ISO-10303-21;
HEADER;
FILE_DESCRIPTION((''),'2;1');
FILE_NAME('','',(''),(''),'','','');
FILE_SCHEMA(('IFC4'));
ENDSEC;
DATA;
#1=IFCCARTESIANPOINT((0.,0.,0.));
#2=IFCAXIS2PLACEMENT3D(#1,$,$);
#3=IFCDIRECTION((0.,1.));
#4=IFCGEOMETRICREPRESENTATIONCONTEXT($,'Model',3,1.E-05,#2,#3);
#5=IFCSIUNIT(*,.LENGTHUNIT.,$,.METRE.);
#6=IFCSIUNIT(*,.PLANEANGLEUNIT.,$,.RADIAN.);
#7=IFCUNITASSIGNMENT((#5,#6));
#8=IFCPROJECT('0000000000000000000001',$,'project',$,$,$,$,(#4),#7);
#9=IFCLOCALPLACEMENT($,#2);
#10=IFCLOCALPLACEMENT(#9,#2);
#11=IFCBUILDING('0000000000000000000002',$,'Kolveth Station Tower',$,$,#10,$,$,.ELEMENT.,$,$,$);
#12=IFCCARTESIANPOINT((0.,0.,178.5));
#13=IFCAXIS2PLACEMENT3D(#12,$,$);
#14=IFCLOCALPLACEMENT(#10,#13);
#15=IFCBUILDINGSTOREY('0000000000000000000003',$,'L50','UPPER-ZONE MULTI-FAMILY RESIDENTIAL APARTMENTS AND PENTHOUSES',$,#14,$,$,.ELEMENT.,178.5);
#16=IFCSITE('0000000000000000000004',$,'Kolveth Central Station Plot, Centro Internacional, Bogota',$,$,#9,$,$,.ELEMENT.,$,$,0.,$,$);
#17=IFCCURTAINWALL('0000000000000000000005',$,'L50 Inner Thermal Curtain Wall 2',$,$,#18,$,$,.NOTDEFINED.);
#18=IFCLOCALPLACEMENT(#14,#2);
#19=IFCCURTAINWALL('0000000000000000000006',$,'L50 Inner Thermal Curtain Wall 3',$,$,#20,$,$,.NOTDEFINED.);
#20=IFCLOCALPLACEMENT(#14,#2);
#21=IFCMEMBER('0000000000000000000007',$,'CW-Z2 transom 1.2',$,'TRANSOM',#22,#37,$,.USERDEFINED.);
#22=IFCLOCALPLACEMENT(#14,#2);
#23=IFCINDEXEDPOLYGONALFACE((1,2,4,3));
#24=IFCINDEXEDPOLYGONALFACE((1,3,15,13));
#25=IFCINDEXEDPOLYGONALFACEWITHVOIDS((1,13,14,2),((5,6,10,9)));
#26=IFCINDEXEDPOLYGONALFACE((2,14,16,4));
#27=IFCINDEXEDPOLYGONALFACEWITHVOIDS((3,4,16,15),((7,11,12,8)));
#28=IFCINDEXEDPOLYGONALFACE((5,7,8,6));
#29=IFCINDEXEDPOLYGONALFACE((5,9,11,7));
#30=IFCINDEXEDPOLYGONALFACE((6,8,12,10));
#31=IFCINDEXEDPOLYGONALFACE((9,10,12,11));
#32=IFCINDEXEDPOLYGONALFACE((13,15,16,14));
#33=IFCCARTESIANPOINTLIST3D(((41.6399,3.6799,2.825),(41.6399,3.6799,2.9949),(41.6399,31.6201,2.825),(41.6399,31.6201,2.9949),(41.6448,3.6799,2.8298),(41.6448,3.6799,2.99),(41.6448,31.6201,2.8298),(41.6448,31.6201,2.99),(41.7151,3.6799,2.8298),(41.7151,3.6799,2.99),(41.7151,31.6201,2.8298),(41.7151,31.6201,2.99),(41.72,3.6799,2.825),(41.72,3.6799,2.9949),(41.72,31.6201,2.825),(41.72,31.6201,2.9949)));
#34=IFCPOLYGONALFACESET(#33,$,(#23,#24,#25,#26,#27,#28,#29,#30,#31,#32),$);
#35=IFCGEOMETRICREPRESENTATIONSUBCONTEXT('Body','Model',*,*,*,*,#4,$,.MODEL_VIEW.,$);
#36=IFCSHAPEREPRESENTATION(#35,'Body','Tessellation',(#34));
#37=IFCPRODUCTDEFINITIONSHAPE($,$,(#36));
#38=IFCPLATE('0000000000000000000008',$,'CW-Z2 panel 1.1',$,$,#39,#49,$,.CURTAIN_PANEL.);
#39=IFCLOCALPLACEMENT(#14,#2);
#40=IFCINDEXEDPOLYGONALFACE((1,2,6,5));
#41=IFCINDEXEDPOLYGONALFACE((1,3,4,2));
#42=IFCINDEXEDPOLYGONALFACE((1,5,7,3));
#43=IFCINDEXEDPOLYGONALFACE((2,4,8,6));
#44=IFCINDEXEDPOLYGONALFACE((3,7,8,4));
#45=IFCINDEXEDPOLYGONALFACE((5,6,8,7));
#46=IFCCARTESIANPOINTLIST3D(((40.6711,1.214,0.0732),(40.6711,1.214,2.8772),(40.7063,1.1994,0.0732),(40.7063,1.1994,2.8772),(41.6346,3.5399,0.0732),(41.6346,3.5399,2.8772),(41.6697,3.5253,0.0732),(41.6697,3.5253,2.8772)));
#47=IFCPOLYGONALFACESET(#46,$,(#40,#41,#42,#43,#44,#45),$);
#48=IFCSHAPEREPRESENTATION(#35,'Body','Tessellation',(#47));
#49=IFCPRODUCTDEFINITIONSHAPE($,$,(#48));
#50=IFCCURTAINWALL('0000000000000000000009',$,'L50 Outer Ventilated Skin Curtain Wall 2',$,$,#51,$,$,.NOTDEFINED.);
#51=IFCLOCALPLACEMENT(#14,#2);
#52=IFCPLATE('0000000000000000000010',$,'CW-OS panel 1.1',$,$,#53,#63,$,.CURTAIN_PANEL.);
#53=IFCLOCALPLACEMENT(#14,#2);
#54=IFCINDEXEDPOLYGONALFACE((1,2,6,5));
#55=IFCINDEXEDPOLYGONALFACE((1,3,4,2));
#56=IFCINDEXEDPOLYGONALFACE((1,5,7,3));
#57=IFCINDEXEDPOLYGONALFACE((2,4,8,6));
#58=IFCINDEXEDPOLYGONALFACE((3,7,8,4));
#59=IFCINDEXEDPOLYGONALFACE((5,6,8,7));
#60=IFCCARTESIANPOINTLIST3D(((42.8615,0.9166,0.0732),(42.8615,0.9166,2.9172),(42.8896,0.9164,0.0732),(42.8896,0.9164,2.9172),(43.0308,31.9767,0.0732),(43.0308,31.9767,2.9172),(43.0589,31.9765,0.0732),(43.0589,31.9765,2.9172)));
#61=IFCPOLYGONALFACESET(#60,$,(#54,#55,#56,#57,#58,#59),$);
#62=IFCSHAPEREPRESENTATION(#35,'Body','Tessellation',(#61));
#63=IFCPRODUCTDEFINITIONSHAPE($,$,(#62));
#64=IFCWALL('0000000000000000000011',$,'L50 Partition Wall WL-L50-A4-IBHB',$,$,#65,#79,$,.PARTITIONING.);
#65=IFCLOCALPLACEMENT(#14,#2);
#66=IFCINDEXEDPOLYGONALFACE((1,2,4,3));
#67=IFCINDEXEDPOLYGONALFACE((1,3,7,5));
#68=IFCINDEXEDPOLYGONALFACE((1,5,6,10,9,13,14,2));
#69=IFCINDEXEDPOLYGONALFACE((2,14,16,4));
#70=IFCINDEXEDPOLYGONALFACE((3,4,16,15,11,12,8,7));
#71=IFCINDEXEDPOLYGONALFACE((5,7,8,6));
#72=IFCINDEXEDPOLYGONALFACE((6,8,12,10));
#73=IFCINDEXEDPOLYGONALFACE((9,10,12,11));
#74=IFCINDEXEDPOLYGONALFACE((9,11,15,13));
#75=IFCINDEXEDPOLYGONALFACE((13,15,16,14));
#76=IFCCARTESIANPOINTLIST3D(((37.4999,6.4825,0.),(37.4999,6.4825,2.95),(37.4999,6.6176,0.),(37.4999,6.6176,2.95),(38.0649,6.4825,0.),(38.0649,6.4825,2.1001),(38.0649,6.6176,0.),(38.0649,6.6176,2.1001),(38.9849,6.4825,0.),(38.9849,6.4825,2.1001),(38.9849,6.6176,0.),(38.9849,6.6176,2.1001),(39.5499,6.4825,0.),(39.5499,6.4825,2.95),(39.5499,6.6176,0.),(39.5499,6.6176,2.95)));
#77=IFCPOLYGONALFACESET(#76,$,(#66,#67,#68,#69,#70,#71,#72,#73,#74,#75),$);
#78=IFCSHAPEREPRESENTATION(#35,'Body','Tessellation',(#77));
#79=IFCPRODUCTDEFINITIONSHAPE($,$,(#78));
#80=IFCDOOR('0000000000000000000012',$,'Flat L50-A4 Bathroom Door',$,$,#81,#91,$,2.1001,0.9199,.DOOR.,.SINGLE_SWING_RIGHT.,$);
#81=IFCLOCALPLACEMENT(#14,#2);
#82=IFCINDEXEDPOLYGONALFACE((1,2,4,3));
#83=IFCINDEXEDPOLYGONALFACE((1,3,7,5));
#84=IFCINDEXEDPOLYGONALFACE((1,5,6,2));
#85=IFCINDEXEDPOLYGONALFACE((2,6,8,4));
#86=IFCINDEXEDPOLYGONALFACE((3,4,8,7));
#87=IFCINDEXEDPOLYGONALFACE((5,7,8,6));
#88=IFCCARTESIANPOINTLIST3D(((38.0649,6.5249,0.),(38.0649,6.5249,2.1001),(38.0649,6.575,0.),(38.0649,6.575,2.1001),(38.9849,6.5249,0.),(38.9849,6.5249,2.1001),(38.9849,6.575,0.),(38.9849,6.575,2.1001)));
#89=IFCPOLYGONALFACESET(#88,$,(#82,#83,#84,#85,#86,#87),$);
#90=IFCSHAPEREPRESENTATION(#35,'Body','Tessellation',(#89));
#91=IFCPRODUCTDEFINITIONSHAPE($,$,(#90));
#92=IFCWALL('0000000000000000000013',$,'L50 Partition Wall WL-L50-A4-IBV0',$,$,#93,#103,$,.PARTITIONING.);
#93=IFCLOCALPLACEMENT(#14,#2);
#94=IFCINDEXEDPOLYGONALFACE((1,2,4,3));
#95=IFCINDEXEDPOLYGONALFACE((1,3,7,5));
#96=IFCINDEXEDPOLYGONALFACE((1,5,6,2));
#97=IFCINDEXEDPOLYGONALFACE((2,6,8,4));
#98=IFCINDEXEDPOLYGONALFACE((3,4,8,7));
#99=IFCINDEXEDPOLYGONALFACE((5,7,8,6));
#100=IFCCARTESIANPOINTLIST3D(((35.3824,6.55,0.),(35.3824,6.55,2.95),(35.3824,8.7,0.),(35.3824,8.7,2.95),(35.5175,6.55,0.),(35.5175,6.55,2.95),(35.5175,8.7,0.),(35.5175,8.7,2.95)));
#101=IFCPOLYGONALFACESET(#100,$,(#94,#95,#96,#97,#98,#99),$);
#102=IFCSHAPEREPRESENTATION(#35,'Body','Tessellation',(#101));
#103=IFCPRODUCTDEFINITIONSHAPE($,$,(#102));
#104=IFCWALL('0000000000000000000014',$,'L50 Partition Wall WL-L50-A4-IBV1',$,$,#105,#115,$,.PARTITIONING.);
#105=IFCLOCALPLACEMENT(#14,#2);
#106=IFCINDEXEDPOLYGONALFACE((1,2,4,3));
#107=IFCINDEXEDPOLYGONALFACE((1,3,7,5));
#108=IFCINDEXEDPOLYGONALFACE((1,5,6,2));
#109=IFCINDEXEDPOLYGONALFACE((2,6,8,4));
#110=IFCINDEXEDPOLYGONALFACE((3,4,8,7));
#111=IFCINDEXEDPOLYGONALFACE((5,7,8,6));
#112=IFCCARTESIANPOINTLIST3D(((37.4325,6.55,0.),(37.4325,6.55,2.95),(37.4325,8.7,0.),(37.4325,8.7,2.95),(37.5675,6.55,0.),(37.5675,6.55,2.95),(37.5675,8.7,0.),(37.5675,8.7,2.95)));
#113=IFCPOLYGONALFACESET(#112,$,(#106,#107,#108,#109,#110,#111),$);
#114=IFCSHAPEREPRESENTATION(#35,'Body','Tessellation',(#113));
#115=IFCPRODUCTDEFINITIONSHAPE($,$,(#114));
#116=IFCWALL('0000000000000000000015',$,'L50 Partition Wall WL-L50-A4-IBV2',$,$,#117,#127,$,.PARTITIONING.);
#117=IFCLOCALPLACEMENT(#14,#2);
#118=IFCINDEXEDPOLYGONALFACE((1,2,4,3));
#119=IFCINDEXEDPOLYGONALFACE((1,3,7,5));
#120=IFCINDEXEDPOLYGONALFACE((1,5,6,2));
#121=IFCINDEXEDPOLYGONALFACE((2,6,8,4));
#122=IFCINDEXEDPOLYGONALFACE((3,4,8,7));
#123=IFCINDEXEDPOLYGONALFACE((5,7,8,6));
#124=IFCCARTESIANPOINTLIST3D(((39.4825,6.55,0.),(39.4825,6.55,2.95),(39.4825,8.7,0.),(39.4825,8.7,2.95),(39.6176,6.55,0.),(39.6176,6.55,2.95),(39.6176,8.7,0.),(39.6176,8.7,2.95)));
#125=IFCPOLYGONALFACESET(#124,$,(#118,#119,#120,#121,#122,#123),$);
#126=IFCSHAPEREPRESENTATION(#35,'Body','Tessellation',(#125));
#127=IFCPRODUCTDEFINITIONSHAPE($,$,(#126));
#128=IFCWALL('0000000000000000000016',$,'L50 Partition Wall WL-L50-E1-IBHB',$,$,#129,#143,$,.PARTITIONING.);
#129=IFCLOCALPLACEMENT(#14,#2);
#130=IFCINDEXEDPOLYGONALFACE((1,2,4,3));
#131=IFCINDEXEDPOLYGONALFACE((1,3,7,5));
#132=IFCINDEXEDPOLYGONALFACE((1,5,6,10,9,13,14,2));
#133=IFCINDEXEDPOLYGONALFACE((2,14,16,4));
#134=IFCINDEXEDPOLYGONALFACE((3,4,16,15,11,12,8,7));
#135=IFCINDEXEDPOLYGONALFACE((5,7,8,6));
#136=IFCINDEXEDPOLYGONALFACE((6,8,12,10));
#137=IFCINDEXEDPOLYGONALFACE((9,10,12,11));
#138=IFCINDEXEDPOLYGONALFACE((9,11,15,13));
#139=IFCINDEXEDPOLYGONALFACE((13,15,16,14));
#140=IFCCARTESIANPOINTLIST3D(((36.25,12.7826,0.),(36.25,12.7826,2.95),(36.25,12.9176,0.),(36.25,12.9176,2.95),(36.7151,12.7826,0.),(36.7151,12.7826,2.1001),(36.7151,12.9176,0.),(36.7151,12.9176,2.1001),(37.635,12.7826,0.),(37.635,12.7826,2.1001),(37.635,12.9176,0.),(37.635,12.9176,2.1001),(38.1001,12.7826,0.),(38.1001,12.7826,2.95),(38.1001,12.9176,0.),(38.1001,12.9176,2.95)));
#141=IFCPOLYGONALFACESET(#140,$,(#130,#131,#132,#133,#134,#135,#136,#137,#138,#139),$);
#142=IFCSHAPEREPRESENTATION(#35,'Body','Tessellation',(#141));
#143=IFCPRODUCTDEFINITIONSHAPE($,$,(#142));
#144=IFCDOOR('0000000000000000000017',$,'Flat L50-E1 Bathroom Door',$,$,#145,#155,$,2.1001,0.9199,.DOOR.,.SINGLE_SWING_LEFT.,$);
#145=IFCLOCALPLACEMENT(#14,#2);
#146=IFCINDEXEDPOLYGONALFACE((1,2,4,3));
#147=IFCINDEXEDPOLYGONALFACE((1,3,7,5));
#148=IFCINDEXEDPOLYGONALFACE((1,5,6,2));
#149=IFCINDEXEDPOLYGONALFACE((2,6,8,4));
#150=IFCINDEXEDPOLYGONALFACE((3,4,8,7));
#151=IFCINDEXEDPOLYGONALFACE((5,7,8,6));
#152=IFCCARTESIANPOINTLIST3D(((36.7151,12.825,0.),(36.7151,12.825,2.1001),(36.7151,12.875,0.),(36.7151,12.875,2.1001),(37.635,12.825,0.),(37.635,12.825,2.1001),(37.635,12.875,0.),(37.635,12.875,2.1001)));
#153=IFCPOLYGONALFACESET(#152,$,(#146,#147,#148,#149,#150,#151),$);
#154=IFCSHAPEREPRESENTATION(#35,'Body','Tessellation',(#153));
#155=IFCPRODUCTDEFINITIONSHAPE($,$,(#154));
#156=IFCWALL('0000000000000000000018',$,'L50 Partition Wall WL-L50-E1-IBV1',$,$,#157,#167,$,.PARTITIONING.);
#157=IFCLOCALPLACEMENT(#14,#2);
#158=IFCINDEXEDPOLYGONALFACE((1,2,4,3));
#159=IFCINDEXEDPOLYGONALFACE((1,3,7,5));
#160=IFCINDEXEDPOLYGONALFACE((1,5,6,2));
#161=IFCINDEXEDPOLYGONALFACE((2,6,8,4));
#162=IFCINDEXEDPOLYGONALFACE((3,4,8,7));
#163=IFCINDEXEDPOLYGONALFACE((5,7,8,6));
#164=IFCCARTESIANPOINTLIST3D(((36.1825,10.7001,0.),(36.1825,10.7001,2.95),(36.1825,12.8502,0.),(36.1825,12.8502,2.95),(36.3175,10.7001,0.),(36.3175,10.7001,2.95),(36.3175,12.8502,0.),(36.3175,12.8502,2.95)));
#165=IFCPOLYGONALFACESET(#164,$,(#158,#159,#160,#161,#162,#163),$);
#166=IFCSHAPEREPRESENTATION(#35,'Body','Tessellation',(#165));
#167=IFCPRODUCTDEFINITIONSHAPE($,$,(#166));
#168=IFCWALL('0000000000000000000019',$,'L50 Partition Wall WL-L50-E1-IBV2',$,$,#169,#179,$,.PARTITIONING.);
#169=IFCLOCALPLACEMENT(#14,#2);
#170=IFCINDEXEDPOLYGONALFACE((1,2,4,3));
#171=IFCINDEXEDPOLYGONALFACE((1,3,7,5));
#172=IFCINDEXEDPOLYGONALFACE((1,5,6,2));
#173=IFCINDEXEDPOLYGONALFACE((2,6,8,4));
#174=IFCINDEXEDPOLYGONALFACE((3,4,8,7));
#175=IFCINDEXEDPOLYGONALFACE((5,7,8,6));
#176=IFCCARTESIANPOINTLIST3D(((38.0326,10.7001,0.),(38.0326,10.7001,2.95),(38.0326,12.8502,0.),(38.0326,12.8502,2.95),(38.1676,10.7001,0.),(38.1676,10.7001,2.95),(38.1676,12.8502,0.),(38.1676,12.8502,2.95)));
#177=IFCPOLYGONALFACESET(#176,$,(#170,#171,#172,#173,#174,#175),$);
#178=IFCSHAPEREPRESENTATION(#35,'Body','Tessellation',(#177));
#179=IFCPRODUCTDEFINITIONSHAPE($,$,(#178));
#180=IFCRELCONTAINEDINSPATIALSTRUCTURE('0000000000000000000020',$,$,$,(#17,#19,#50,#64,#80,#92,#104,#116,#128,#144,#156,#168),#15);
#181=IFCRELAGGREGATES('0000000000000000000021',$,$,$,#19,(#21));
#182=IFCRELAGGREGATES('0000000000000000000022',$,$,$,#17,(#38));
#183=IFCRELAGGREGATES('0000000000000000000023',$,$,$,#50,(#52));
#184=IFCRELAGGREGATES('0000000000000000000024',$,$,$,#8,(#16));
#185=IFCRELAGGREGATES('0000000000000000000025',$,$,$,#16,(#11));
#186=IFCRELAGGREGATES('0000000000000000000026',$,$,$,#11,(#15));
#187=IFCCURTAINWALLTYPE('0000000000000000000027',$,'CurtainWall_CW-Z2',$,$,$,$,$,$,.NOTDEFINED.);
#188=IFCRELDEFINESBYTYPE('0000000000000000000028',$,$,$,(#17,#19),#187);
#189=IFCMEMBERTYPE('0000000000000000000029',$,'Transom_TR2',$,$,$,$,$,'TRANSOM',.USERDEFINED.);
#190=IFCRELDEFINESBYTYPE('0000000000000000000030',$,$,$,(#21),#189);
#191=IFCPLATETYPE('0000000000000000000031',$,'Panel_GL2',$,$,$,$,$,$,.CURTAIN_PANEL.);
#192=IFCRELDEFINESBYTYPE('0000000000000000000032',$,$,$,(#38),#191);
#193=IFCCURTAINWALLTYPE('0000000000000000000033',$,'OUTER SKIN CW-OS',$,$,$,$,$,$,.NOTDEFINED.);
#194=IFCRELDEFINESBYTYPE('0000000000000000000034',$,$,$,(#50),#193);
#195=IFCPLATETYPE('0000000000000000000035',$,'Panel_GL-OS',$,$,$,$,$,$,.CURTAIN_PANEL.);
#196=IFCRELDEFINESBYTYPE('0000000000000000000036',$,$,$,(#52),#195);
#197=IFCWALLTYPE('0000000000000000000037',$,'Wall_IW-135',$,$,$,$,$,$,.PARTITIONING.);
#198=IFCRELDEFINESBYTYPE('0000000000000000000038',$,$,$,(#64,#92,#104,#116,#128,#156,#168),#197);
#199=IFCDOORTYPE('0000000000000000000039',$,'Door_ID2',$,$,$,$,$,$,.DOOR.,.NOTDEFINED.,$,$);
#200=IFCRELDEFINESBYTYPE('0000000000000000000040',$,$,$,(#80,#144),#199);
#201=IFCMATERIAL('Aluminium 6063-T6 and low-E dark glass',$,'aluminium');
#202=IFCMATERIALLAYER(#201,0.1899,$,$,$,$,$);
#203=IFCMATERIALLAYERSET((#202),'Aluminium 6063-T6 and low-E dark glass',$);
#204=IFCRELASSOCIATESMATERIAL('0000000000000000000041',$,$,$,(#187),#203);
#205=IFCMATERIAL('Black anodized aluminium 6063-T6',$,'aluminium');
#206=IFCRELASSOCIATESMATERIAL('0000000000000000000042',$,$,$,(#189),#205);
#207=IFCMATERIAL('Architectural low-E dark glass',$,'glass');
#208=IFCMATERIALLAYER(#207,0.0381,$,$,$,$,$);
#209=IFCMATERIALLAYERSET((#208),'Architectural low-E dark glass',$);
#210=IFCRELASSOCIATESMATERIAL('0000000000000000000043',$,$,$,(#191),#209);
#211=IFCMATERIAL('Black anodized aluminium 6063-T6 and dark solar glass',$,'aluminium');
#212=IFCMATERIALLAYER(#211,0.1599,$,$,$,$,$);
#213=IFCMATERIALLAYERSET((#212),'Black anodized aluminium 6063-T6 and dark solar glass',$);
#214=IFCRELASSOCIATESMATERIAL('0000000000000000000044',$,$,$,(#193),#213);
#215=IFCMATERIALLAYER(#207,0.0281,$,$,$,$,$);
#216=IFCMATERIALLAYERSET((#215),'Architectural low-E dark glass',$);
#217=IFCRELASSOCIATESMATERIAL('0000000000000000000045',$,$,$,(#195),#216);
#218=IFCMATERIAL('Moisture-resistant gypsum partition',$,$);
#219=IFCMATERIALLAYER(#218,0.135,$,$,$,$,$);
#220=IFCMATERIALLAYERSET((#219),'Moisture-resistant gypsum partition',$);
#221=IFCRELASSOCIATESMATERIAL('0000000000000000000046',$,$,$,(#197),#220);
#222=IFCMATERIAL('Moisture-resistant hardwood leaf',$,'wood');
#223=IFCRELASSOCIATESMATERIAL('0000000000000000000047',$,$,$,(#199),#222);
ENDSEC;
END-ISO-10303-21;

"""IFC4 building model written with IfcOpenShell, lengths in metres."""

from ifc_helpers import new_model, si_unit, direction, frame, frame_2d, origin, origin_2d, place, context, subcontext, project, spatial, rectangle, hollow_rectangle, extrude, source, transform, mapped, material, layer, layer_set, material_profile, profile_set, type_object, element, fill, aggregate, save


model = new_model("IFC4")

# Units and contexts
model_context = context("Model", 3, precision=1e-05, world=origin(), true_north=direction((0.0, 1.0)))
body_context = subcontext(model_context, "Body", "Model", "MODEL_VIEW")
ifc_project = project(units=[si_unit("LENGTHUNIT", "METRE"), si_unit("PLANEANGLEUNIT", "RADIAN")], contexts=[model_context])

# Site, building, storey
site_placement = place(None, origin())
site = spatial("IfcSite", under=ifc_project, at=site_placement, Name="Kolveth Central Station Plot, Centro Internacional, Bogota", CompositionType="ELEMENT", RefElevation=0.0)
building_placement = place(site_placement, origin())
building = spatial("IfcBuilding", under=site, at=building_placement, Name="Kolveth Station Tower", CompositionType="ELEMENT")
storey_placement = place(building_placement, frame((0.0, 0.0, 178.5)))
storey = spatial("IfcBuildingStorey", under=building, at=storey_placement, Name="L50", Description="UPPER-ZONE MULTI-FAMILY RESIDENTIAL APARTMENTS AND PENTHOUSES", CompositionType="ELEMENT", Elevation=178.5)

# Curtain walls
ifc_material_1 = material(Name="Aluminium 6063-T6 and low-E dark glass", Category="aluminium")
ifc_layer_1 = layer(ifc_material_1, 0.1899)
ifc_layer_set_1 = layer_set([ifc_layer_1], Name="Aluminium 6063-T6 and low-E dark glass")
curtain_wall_type_1 = type_object("IfcCurtainWallType", Name="CurtainWall_CW-Z2", PredefinedType="NOTDEFINED", material=ifc_layer_set_1)
curtain_wall_1_placement = place(storey_placement, origin())
curtain_wall_1 = element("IfcCurtainWall", 1, at=curtain_wall_1_placement, inside=storey, type_object=curtain_wall_type_1, Name="L50 Inner Thermal Curtain Wall 2", PredefinedType="NOTDEFINED")
ifc_material_2 = material(Name="Black anodized aluminium 6063-T6", Category="aluminium")
curtain_wall_2_placement = place(storey_placement, origin())
curtain_wall_2 = element("IfcCurtainWall", 2, at=curtain_wall_2_placement, inside=storey, type_object=curtain_wall_type_1, Name="L50 Inner Thermal Curtain Wall 3", PredefinedType="NOTDEFINED")

# Member
ifc_material_profile_1 = material_profile(ifc_material_2, hollow_rectangle(XDim=0.0801, YDim=0.1699, WallThickness=0.0049, at=origin_2d()), Name="ALU-80x170x5")
ifc_profile_set_1 = profile_set([ifc_material_profile_1], Name="Black anodized aluminium 6063-T6")
member_type_1 = type_object("IfcMemberType", Name="Transom_TR2", ElementType="TRANSOM", PredefinedType="USERDEFINED", material=ifc_profile_set_1)
shared_shape_1 = source(origin(), body_context, "Body", "SweptSolid", [
    extrude(hollow_rectangle(XDim=0.0801, YDim=0.1699, WallThickness=0.0049, at=origin_2d()), origin(), (0.0, 0.0, 1.0), 27.9402),
])
member_1_placement = place(storey_placement, frame((41.6799, 3.6799, 2.9099), z_axis=(0.0, 1.0, 0.0), x_axis=(-1.0, 0.0, 0.0)))
member_1 = element("IfcMember", 3, at=member_1_placement, type_object=member_type_1, Name="CW-Z2 transom 1.2", ObjectType="TRANSOM", PredefinedType="USERDEFINED", context=body_context, shape_type="MappedRepresentation", body=[
    mapped(shared_shape_1, transform((0.0, 0.0, 0.0), x_axis=(1.0, 0.0, 0.0), y_axis=(0.0, 1.0, 0.0), z_axis=(0.0, 0.0, 1.0), scale=1.0)),
])
aggregate(curtain_wall_2, [member_1])

# Plate
ifc_material_3 = material(Name="Architectural low-E dark glass", Category="glass")
ifc_layer_2 = layer(ifc_material_3, 0.0381)
ifc_layer_set_2 = layer_set([ifc_layer_2], Name="Architectural low-E dark glass")
plate_type_1 = type_object("IfcPlateType", Name="Panel_GL2", PredefinedType="CURTAIN_PANEL", material=ifc_layer_set_2)
shared_shape_2 = source(origin(), body_context, "Body", "SweptSolid", [
    extrude(rectangle(XDim=2.5176, YDim=0.0381, at=origin_2d()), origin(), (0.0, 0.0, 1.0), 2.804),
])
plate_1_placement = place(storey_placement, frame((41.1704, 2.3696, 0.0732), z_axis=(0.0, 0.0, 1.0), x_axis=(0.382698, 0.923874, 0.0)))
plate_1 = element("IfcPlate", 4, at=plate_1_placement, type_object=plate_type_1, Name="CW-Z2 panel 1.1", PredefinedType="CURTAIN_PANEL", context=body_context, shape_type="MappedRepresentation", body=[
    mapped(shared_shape_2, transform((0.0, 0.0, 0.0), x_axis=(1.0, 0.0, 0.0), y_axis=(0.0, 1.0, 0.0), z_axis=(0.0, 0.0, 1.0), scale=1.0)),
])
aggregate(curtain_wall_1, [plate_1])

# Curtain wall, plate
ifc_material_4 = material(Name="Black anodized aluminium 6063-T6 and dark solar glass", Category="aluminium")
ifc_layer_3 = layer(ifc_material_4, 0.1599)
ifc_layer_set_3 = layer_set([ifc_layer_3], Name="Black anodized aluminium 6063-T6 and dark solar glass")
curtain_wall_type_2 = type_object("IfcCurtainWallType", Name="OUTER SKIN CW-OS", PredefinedType="NOTDEFINED", material=ifc_layer_set_3)
curtain_wall_3_placement = place(storey_placement, origin())
curtain_wall_3 = element("IfcCurtainWall", 5, at=curtain_wall_3_placement, inside=storey, type_object=curtain_wall_type_2, Name="L50 Outer Ventilated Skin Curtain Wall 2", PredefinedType="NOTDEFINED")
ifc_layer_4 = layer(ifc_material_3, 0.0281)
ifc_layer_set_4 = layer_set([ifc_layer_4], Name="Architectural low-E dark glass")
plate_type_2 = type_object("IfcPlateType", Name="Panel_GL-OS", PredefinedType="CURTAIN_PANEL", material=ifc_layer_set_4)
shared_shape_3 = source(origin(), body_context, "Body", "SweptSolid", [
    extrude(rectangle(XDim=31.0605, YDim=0.0281, at=origin_2d()), origin(), (0.0, 0.0, 1.0), 2.844),
])
plate_2_placement = place(storey_placement, frame((42.9602, 16.4465, 0.0732), z_axis=(0.0, 0.0, 1.0), x_axis=(0.00545, 0.999985, 0.0)))
plate_2 = element("IfcPlate", 6, at=plate_2_placement, type_object=plate_type_2, Name="CW-OS panel 1.1", PredefinedType="CURTAIN_PANEL", context=body_context, shape_type="MappedRepresentation", body=[
    mapped(shared_shape_3, transform((0.0, 0.0, 0.0), x_axis=(1.0, 0.0, 0.0), y_axis=(0.0, 1.0, 0.0), z_axis=(0.0, 0.0, 1.0), scale=1.0)),
])
aggregate(curtain_wall_3, [plate_2])

# Wall, opening, door
ifc_material_5 = material(Name="Moisture-resistant gypsum partition")
ifc_layer_5 = layer(ifc_material_5, 0.135)
ifc_layer_set_5 = layer_set([ifc_layer_5], Name="Moisture-resistant gypsum partition")
wall_type_1 = type_object("IfcWallType", Name="Wall_IW-135", PredefinedType="PARTITIONING", material=ifc_layer_set_5)
wall_1_placement = place(storey_placement, frame((37.5, 6.55, 0.0), z_axis=(0.0, 0.0, 1.0), x_axis=(1.0, 0.0, 0.0)))
wall_1 = element("IfcWall", 7, at=wall_1_placement, inside=storey, type_object=wall_type_1, Name="L50 Partition Wall WL-L50-A4-IBHB", PredefinedType="PARTITIONING", context=body_context, shape_type="SweptSolid", body=[
    extrude(rectangle(XDim=2.05, YDim=0.135, at=frame_2d((1.0249, 0.0))), origin(), (0.0, 0.0, 1.0), 2.95),
])
opening_1_placement = place(wall_1_placement, frame((0.5649, 0.0, 0.0)))
opening_1 = element("IfcOpeningElement", 8, at=opening_1_placement, cuts=wall_1, PredefinedType="OPENING", context=body_context, shape_type="SweptSolid", body=[
    extrude(rectangle(XDim=0.9199, YDim=2.1001, at=frame_2d((0.46, 1.05))), frame((0.0, 0.0774, 0.0), z_axis=(0.0, -1.0, 0.0), x_axis=(1.0, 0.0, 0.0)), (0.0, 0.0, 1.0), 0.155),
])
ifc_material_6 = material(Name="Moisture-resistant hardwood leaf", Category="wood")
door_type_1 = type_object("IfcDoorType", Name="Door_ID2", OperationType="NOTDEFINED", PredefinedType="DOOR", material=ifc_material_6)
door_1_placement = place(opening_1_placement, origin())
door_1 = element("IfcDoor", 9, at=door_1_placement, inside=storey, type_object=door_type_1, Name="Flat L50-A4 Bathroom Door", OperationType="SINGLE_SWING_RIGHT", OverallHeight=2.1001, OverallWidth=0.9199, PredefinedType="DOOR", context=body_context, shape_type="SweptSolid", body=[
    extrude(rectangle(XDim=0.9199, YDim=2.1001, at=frame_2d((0.46, 1.05))), frame((0.0, 0.0249, 0.0), z_axis=(0.0, -1.0, 0.0), x_axis=(1.0, 0.0, 0.0)), (0.0, 0.0, 1.0), 0.05),
])
fill(opening_1, door_1)

# Walls
for number, where, z_axis, x_axis, name in (
    (10, (35.45, 6.55, 0.0), (0.0, 0.0, 1.0), (0.0, 1.0, 0.0), "L50 Partition Wall WL-L50-A4-IBV0"),
    (11, (37.5, 6.55, 0.0), (0.0, 0.0, 1.0), (0.0, 1.0, 0.0), "L50 Partition Wall WL-L50-A4-IBV1"),
    (12, (39.55, 6.55, 0.0), (0.0, 0.0, 1.0), (0.0, 1.0, 0.0), "L50 Partition Wall WL-L50-A4-IBV2"),
):
    element("IfcWall", number, at=place(storey_placement, frame(where, z_axis=z_axis, x_axis=x_axis)), inside=storey, type_object=wall_type_1, Name=name, PredefinedType="PARTITIONING", context=body_context, shape_type="SweptSolid", body=[
        extrude(rectangle(XDim=2.1499, YDim=0.135, at=frame_2d((1.075, 0.0))), origin(), (0.0, 0.0, 1.0), 2.95),
    ])

# Wall, opening, door
wall_2_placement = place(storey_placement, frame((36.25, 12.8501, 0.0), z_axis=(0.0, 0.0, 1.0), x_axis=(1.0, 0.0, 0.0)))
wall_2 = element("IfcWall", 13, at=wall_2_placement, inside=storey, type_object=wall_type_1, Name="L50 Partition Wall WL-L50-E1-IBHB", PredefinedType="PARTITIONING", context=body_context, shape_type="SweptSolid", body=[
    extrude(rectangle(XDim=1.8501, YDim=0.135, at=frame_2d((0.925, 0.0))), origin(), (0.0, 0.0, 1.0), 2.95),
])
opening_2_placement = place(wall_2_placement, frame((0.4651, 0.0, 0.0)))
opening_2 = element("IfcOpeningElement", 14, at=opening_2_placement, cuts=wall_2, PredefinedType="OPENING", context=body_context, shape_type="SweptSolid", body=[
    extrude(rectangle(XDim=0.9199, YDim=2.1001, at=frame_2d((0.46, 1.05))), frame((0.0, 0.0774, 0.0), z_axis=(0.0, -1.0, 0.0), x_axis=(1.0, 0.0, 0.0)), (0.0, 0.0, 1.0), 0.155),
])
door_2_placement = place(opening_2_placement, origin())
door_2 = element("IfcDoor", 15, at=door_2_placement, inside=storey, type_object=door_type_1, Name="Flat L50-E1 Bathroom Door", OperationType="SINGLE_SWING_LEFT", OverallHeight=2.1001, OverallWidth=0.9199, PredefinedType="DOOR", context=body_context, shape_type="SweptSolid", body=[
    extrude(rectangle(XDim=0.9199, YDim=2.1001, at=frame_2d((0.46, 1.05))), frame((0.0, 0.0249, 0.0), z_axis=(0.0, -1.0, 0.0), x_axis=(1.0, 0.0, 0.0)), (0.0, 0.0, 1.0), 0.05),
])
fill(opening_2, door_2)

# Walls
for number, where, z_axis, x_axis, name in (
    (16, (36.25, 10.7, 0.0), (0.0, 0.0, 1.0), (0.0, 1.0, 0.0), "L50 Partition Wall WL-L50-E1-IBV1"),
    (17, (38.1001, 10.7, 0.0), (0.0, 0.0, 1.0), (0.0, 1.0, 0.0), "L50 Partition Wall WL-L50-E1-IBV2"),
):
    element("IfcWall", number, at=place(storey_placement, frame(where, z_axis=z_axis, x_axis=x_axis)), inside=storey, type_object=wall_type_1, Name=name, PredefinedType="PARTITIONING", context=body_context, shape_type="SweptSolid", body=[
        extrude(rectangle(XDim=2.1501, YDim=0.135, at=frame_2d((1.0752, 0.0))), origin(), (0.0, 0.0, 1.0), 2.95),
    ])

save(model, "model.ifc")
